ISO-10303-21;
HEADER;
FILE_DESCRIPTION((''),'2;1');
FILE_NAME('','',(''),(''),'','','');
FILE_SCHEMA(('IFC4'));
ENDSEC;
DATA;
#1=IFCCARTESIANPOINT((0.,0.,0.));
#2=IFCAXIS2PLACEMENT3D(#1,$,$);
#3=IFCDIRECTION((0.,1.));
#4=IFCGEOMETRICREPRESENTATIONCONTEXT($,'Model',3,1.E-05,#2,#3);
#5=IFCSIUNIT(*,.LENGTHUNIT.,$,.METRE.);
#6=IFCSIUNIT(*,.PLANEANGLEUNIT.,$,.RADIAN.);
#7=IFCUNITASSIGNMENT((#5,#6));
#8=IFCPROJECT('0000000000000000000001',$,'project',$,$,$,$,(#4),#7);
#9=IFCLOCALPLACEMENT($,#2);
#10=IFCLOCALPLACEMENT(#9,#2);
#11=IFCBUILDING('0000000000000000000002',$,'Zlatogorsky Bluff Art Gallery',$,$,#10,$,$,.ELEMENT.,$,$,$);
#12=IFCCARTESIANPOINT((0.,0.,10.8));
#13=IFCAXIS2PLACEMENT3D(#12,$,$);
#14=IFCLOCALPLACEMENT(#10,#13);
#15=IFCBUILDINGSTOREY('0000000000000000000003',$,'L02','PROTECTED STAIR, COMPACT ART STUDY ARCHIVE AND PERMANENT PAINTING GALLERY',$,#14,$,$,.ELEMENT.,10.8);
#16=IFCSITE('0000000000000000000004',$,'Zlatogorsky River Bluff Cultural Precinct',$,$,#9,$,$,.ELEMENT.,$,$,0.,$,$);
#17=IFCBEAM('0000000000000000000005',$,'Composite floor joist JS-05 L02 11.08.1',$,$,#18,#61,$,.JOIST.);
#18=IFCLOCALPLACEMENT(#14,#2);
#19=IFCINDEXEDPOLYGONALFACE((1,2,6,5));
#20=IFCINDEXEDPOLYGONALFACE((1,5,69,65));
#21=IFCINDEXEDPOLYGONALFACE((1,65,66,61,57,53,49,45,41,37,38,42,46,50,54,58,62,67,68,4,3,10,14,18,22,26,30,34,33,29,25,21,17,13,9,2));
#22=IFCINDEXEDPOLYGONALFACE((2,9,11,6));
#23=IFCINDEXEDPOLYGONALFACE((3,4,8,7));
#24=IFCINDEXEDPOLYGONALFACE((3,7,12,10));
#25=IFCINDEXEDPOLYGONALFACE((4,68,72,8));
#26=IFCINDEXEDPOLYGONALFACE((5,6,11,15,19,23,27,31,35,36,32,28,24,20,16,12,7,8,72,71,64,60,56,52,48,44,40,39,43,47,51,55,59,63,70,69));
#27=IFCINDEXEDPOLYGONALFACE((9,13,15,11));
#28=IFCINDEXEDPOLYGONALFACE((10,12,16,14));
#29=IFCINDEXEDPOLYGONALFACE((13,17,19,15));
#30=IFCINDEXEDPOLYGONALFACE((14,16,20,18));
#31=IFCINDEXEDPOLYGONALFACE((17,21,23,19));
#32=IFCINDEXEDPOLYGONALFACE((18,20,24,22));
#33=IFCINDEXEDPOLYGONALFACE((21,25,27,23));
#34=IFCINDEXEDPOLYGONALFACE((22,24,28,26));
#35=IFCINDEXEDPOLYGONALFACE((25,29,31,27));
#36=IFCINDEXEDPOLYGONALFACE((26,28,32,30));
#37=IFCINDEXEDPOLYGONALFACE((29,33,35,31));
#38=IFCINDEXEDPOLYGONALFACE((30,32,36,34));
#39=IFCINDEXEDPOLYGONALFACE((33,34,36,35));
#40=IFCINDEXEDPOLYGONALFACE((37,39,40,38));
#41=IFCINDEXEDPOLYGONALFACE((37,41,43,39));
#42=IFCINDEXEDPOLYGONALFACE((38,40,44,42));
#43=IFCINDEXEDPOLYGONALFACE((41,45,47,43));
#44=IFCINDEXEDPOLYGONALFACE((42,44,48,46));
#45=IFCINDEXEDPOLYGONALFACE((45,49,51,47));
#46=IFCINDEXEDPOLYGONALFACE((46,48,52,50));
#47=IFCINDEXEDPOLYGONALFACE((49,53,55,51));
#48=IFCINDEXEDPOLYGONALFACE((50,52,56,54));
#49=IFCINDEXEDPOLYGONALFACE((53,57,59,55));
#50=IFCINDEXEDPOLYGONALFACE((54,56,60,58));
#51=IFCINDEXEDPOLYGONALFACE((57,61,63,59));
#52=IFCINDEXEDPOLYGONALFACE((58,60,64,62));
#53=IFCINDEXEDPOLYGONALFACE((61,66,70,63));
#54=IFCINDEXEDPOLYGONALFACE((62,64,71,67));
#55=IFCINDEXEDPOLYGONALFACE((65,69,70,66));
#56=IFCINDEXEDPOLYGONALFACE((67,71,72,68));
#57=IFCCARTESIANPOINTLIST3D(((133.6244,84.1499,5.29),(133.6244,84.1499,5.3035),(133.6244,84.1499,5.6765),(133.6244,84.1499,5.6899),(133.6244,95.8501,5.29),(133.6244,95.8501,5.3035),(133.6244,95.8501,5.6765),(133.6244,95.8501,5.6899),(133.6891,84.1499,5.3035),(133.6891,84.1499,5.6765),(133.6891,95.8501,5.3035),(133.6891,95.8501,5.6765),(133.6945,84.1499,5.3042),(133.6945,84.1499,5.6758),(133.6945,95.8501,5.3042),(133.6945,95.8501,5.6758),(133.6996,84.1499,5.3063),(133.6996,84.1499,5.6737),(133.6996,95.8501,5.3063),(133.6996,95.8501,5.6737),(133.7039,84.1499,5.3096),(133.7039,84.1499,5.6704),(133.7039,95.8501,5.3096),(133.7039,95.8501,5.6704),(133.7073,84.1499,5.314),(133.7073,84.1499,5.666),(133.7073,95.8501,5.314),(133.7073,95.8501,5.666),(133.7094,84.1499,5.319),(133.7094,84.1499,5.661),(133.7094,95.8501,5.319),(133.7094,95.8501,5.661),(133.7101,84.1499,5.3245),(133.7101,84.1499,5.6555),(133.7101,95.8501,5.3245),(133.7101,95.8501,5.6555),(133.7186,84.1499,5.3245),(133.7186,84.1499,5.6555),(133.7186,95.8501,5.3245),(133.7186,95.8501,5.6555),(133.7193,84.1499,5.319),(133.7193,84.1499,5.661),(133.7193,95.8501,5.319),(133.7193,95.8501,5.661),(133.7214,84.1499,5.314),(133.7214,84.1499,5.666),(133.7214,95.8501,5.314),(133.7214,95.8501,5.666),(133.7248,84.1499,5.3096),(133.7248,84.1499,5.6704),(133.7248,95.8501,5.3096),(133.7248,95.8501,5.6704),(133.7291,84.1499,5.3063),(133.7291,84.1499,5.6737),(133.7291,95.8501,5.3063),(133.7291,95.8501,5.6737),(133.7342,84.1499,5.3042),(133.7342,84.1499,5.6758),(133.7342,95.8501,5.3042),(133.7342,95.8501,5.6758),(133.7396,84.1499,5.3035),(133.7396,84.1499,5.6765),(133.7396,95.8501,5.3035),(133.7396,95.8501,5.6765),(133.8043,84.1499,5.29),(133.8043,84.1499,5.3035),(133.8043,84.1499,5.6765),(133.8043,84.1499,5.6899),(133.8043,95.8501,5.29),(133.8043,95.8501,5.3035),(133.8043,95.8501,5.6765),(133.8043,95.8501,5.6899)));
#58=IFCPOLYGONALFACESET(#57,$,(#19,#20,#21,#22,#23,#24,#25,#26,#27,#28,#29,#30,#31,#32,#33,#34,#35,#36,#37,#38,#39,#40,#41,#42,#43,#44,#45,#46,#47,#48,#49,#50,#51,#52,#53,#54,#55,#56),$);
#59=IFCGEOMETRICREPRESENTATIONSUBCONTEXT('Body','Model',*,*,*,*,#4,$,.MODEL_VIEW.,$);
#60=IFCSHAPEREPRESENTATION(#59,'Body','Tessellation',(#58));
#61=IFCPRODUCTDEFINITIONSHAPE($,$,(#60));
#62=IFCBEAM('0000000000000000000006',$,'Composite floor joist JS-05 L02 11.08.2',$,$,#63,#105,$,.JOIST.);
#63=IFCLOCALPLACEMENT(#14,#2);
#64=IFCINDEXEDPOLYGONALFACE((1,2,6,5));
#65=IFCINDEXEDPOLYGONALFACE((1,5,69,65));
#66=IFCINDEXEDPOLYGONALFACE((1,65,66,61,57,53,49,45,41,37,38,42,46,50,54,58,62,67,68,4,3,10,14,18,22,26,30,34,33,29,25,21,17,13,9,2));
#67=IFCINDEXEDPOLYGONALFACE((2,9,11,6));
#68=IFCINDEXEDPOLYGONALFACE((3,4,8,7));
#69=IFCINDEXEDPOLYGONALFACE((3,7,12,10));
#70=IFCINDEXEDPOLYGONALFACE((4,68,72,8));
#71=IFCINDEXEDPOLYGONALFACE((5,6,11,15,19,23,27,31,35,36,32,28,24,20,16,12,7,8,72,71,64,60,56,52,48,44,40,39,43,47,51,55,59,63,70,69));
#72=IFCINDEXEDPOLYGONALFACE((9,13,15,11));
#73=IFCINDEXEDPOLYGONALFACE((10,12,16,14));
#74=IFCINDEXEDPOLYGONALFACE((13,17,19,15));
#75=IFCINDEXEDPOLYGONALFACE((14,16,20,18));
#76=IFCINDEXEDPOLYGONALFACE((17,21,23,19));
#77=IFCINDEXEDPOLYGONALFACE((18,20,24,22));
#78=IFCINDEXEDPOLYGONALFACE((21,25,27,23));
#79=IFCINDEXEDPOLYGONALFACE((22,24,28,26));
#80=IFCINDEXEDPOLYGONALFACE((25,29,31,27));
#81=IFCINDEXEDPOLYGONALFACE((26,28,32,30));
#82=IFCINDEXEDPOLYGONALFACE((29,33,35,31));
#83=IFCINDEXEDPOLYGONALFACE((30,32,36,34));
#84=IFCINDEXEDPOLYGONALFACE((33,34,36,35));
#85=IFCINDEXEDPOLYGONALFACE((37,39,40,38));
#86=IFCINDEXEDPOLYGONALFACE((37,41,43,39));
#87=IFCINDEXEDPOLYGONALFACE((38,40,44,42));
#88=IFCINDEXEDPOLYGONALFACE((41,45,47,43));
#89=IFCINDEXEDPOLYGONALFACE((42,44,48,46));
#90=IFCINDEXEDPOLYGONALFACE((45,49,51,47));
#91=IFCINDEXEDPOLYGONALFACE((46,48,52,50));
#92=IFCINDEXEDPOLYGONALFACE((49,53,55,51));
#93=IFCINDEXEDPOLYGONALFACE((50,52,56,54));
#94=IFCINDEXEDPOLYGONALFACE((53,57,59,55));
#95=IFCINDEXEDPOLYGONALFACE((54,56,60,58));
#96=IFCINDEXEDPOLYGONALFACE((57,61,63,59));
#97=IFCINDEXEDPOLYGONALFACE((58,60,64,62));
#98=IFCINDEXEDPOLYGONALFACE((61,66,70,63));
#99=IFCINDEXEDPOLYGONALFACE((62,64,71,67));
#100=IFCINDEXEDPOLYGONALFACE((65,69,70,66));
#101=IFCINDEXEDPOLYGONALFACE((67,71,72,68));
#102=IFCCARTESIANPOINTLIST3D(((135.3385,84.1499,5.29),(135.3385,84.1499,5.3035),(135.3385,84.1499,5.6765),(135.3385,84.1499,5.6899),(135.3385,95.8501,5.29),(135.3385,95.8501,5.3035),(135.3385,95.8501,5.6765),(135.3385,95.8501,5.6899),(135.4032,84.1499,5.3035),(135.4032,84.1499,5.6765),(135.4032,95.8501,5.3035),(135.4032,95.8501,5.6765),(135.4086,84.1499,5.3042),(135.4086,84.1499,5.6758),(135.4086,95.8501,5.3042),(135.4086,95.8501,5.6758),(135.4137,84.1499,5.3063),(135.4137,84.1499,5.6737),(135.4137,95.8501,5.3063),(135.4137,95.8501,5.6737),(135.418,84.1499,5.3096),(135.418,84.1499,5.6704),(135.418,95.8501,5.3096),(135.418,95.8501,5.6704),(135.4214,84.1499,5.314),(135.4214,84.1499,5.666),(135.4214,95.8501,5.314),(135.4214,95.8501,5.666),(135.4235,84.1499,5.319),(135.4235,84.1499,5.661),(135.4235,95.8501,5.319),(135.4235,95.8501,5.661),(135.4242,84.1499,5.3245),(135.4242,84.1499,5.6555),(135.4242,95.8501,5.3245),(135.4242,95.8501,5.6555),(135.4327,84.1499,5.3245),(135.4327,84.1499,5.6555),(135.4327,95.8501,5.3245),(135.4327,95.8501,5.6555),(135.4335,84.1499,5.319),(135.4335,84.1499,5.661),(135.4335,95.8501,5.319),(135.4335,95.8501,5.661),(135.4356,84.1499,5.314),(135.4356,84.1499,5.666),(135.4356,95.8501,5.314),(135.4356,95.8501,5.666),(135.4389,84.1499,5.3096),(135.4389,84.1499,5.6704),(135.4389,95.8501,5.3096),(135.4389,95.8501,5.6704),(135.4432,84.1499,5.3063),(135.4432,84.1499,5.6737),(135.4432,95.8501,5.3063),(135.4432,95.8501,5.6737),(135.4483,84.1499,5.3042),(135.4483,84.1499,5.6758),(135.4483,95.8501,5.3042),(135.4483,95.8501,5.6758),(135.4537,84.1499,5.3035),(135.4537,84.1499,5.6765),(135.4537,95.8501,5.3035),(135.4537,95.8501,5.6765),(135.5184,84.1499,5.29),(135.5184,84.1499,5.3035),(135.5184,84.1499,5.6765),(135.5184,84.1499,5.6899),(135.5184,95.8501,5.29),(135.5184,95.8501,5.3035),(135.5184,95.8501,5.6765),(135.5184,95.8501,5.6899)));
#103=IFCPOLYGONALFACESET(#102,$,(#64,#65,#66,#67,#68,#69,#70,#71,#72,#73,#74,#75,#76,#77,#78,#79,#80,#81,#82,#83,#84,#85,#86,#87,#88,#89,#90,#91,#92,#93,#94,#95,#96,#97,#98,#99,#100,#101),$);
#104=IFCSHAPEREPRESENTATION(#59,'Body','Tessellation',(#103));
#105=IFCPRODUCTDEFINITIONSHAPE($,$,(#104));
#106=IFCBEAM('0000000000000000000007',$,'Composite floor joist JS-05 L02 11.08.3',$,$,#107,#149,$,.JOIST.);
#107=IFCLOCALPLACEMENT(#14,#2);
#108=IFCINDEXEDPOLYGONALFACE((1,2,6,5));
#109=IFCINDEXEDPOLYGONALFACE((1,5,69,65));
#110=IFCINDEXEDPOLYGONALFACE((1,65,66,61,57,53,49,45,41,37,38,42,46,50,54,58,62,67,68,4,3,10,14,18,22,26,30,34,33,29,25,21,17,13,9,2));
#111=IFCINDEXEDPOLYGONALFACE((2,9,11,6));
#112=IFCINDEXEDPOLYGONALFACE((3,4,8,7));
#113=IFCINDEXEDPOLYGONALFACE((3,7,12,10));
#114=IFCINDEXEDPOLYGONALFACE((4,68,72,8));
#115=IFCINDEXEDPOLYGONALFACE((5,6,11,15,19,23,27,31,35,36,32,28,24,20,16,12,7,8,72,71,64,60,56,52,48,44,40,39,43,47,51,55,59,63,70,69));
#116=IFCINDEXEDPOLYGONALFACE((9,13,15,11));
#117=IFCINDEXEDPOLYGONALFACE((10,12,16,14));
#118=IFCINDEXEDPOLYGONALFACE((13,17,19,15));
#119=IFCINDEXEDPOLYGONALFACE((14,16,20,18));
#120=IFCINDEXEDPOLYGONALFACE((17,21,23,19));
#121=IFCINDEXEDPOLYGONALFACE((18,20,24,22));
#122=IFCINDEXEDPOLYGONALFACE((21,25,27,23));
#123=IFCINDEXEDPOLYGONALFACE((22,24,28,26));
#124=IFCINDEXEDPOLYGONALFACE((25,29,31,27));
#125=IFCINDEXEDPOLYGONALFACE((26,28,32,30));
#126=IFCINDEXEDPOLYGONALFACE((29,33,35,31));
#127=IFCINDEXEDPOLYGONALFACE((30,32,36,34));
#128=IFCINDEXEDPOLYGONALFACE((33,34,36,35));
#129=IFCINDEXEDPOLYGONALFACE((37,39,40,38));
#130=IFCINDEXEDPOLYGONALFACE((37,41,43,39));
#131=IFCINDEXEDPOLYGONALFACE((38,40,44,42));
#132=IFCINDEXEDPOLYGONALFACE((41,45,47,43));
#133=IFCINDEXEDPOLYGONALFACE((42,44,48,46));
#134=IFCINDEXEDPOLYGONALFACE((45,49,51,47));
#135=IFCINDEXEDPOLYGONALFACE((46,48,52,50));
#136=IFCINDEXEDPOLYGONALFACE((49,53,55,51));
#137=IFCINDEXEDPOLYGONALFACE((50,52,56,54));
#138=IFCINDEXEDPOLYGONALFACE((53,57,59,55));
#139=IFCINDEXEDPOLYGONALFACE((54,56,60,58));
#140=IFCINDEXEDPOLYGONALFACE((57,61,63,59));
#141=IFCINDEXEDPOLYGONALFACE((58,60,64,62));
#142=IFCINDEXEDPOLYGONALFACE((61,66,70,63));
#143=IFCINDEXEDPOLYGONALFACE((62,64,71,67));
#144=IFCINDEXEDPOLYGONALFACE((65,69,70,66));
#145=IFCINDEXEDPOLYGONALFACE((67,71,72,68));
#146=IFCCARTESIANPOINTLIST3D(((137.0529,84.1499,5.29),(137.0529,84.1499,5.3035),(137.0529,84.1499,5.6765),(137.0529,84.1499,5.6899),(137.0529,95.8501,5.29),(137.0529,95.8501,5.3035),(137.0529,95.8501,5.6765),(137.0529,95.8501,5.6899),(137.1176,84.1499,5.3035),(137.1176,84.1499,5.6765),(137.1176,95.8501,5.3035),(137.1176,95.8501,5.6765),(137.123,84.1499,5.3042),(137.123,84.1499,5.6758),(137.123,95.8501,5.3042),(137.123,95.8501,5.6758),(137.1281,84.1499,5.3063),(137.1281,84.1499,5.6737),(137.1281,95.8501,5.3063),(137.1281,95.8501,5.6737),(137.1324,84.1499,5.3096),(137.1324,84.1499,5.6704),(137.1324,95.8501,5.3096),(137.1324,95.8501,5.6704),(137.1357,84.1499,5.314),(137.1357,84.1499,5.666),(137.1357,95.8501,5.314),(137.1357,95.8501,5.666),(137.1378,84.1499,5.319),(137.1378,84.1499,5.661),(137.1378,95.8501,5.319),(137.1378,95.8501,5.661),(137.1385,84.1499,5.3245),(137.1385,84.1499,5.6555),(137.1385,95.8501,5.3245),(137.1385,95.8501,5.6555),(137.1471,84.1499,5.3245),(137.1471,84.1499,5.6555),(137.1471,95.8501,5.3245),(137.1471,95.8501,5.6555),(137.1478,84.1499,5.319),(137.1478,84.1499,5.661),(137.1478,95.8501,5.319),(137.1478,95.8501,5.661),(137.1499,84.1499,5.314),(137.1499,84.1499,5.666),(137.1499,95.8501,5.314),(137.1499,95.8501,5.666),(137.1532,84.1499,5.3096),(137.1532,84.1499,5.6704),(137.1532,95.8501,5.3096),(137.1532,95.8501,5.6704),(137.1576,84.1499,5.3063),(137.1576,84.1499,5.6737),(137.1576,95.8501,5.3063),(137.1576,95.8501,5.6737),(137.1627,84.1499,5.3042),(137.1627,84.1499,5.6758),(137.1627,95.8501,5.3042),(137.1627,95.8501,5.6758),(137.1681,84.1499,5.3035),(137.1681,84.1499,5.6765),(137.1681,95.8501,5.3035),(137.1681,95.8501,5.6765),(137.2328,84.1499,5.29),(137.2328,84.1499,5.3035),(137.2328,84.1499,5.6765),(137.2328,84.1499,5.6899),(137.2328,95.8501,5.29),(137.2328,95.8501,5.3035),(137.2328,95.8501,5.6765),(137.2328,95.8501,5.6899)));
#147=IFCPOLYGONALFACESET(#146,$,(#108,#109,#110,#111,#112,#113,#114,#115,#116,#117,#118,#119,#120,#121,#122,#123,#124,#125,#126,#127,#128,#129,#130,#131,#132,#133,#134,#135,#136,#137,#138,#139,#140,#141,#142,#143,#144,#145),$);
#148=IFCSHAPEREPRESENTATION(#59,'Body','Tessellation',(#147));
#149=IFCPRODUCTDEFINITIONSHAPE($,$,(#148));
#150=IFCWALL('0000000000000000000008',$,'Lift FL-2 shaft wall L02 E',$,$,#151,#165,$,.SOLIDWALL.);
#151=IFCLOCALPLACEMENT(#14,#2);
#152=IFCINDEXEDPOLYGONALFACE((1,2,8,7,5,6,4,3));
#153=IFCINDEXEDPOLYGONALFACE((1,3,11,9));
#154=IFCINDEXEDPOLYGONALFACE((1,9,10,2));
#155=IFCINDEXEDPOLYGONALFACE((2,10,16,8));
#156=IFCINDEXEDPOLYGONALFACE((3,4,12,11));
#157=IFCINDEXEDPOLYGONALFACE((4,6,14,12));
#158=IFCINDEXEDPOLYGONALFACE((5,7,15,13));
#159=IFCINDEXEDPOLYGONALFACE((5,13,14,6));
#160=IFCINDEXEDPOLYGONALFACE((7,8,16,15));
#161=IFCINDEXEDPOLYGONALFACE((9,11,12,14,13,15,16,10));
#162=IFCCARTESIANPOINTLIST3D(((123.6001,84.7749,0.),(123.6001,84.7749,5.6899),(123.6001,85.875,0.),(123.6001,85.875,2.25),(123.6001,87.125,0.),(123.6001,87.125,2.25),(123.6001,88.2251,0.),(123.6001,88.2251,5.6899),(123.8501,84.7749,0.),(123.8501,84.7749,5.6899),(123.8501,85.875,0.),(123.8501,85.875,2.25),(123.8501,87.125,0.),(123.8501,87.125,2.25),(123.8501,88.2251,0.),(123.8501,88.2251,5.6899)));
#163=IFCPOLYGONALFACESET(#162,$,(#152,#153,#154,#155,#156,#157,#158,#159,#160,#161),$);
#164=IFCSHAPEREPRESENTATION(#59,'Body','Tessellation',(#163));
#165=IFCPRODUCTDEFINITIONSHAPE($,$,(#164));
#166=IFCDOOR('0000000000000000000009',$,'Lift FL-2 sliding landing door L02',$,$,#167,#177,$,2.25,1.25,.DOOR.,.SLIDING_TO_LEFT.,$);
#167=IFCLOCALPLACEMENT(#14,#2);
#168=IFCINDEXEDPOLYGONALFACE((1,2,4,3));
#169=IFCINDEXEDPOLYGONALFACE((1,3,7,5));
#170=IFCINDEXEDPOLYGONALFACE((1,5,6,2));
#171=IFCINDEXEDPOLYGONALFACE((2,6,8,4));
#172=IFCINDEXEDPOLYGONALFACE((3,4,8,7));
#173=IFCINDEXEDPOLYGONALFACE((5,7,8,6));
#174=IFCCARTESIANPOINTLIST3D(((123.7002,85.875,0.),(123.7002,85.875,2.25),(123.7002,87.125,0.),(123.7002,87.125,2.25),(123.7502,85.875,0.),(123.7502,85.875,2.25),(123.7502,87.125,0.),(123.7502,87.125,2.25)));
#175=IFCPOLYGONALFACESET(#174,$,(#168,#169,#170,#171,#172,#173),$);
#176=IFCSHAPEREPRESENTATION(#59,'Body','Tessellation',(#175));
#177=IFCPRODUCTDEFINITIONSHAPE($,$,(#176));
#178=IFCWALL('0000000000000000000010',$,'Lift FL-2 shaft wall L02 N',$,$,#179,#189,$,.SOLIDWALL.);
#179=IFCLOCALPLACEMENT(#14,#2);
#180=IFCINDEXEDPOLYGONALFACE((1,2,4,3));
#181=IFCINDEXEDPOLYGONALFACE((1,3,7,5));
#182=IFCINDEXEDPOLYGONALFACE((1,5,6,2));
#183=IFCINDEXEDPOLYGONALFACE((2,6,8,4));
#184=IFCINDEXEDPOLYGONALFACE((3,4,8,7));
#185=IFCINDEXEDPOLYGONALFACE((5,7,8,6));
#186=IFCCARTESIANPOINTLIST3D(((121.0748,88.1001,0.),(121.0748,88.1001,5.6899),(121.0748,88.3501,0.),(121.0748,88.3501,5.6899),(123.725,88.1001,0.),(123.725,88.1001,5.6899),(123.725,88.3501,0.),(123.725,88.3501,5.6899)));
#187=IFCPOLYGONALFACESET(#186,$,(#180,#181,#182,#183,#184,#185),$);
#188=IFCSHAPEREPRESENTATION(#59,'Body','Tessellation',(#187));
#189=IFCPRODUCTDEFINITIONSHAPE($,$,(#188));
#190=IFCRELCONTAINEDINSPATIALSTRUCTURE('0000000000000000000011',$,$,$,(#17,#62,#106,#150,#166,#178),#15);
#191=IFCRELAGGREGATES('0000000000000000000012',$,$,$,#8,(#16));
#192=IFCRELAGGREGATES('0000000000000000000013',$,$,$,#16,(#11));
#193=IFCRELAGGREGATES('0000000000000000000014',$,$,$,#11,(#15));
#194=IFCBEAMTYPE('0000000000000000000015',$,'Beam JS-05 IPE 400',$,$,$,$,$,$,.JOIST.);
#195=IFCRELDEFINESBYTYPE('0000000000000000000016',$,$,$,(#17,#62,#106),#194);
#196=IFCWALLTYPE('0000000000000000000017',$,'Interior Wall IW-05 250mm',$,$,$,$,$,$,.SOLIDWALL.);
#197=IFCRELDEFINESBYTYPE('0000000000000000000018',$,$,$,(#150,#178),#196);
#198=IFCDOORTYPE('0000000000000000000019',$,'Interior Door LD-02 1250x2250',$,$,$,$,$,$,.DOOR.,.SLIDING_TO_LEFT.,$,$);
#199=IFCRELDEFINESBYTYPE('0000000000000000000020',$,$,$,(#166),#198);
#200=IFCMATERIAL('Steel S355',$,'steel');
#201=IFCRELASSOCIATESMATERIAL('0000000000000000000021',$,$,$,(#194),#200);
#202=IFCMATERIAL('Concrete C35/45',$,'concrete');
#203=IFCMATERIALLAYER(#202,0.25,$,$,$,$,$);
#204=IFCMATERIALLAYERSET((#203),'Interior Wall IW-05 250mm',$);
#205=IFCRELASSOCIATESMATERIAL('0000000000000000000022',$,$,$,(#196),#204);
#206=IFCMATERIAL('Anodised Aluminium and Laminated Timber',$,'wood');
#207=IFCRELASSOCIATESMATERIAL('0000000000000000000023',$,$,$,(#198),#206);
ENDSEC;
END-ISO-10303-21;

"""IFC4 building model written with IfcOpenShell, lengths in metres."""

from ifc_helpers import new_model, si_unit, direction, frame, frame_2d, origin, origin_2d, place, context, subcontext, project, spatial, rectangle, i_section, extrude, material, layer, layer_set, material_profile, profile_set, type_object, element, fill, save


model = new_model("IFC4")

# Units and contexts
model_context = context("Model", 3, precision=1e-05, world=origin(), true_north=direction((0.0, 1.0)))
body_context = subcontext(model_context, "Body", "Model", "MODEL_VIEW")
ifc_project = project(units=[si_unit("LENGTHUNIT", "METRE"), si_unit("PLANEANGLEUNIT", "RADIAN")], contexts=[model_context])

# Site, building, storey
site_placement = place(None, origin())
site = spatial("IfcSite", under=ifc_project, at=site_placement, Name="Zlatogorsky River Bluff Cultural Precinct", CompositionType="ELEMENT", RefElevation=0.0)
building_placement = place(site_placement, origin())
building = spatial("IfcBuilding", under=site, at=building_placement, Name="Zlatogorsky Bluff Art Gallery", CompositionType="ELEMENT")
storey_placement = place(building_placement, frame((0.0, 0.0, 10.8)))
storey = spatial("IfcBuildingStorey", under=building, at=storey_placement, Name="L02", Description="PROTECTED STAIR, COMPACT ART STUDY ARCHIVE AND PERMANENT PAINTING GALLERY", CompositionType="ELEMENT", Elevation=10.8)

# Shared definitions
ifc_material_1 = material(Name="Steel S355", Category="steel")

# Beams
ifc_material_profile_1 = material_profile(ifc_material_1, i_section(OverallWidth=0.1799, OverallDepth=0.3999, WebThickness=0.0085, FlangeThickness=0.0134, FilletRadius=0.021, at=origin_2d()), Name="IPE 400")
ifc_profile_set_1 = profile_set([ifc_material_profile_1], Name="Steel S355")
beam_type_1 = type_object("IfcBeamType", Name="Beam JS-05 IPE 400", PredefinedType="JOIST", material=ifc_profile_set_1)
for number, where, z_axis, x_axis, name in (
    (1, (133.7144, 84.1499, 5.49), (0.0, 1.0, 0.0), (-1.0, 0.0, 0.0), "Composite floor joist JS-05 L02 11.08.1"),
    (2, (135.4285, 84.1499, 5.49), (0.0, 1.0, 0.0), (-1.0, 0.0, 0.0), "Composite floor joist JS-05 L02 11.08.2"),
    (3, (137.1428, 84.1499, 5.49), (0.0, 1.0, 0.0), (-1.0, 0.0, 0.0), "Composite floor joist JS-05 L02 11.08.3"),
):
    element("IfcBeam", number, at=place(storey_placement, frame(where, z_axis=z_axis, x_axis=x_axis)), inside=storey, type_object=beam_type_1, Name=name, PredefinedType="JOIST", context=body_context, shape_type="SweptSolid", body=[
        extrude(i_section(OverallWidth=0.1799, OverallDepth=0.3999, WebThickness=0.0085, FlangeThickness=0.0134, FilletRadius=0.021, at=origin_2d()), origin(), (0.0, 0.0, 1.0), 11.7002),
    ])

# Wall, opening, door
ifc_material_2 = material(Name="Anodised Aluminium and Laminated Timber", Category="wood")
ifc_material_3 = material(Name="Concrete C35/45", Category="concrete")
ifc_layer_1 = layer(ifc_material_3, 0.25)
ifc_layer_set_1 = layer_set([ifc_layer_1], Name="Interior Wall IW-05 250mm")
wall_type_1 = type_object("IfcWallType", Name="Interior Wall IW-05 250mm", PredefinedType="SOLIDWALL", material=ifc_layer_set_1)
wall_1_placement = place(storey_placement, frame((123.7251, 84.7749, 0.0), z_axis=(0.0, 0.0, 1.0), x_axis=(0.0, 1.0, 0.0)))
wall_1 = element("IfcWall", 4, at=wall_1_placement, inside=storey, type_object=wall_type_1, Name="Lift FL-2 shaft wall L02 E", PredefinedType="SOLIDWALL", context=body_context, shape_type="SweptSolid", body=[
    extrude(rectangle(XDim=3.4502, YDim=0.25, at=frame_2d((1.7251, 0.0))), origin(), (0.0, 0.0, 1.0), 5.6899),
])
opening_1_placement = place(wall_1_placement, frame((1.1001, 0.0, 0.0)))
opening_1 = element("IfcOpeningElement", 5, at=opening_1_placement, cuts=wall_1, PredefinedType="OPENING", context=body_context, shape_type="SweptSolid", body=[
    extrude(rectangle(XDim=1.25, YDim=2.25, at=frame_2d((0.625, 1.125))), frame((0.0, 0.135, 0.0), z_axis=(0.0, -1.0, 0.0), x_axis=(1.0, 0.0, 0.0)), (0.0, 0.0, 1.0), 0.27),
])
door_type_1 = type_object("IfcDoorType", Name="Interior Door LD-02 1250x2250", OperationType="SLIDING_TO_LEFT", PredefinedType="DOOR", material=ifc_material_2)
door_1_placement = place(opening_1_placement, origin())
door_1 = element("IfcDoor", 6, at=door_1_placement, inside=storey, type_object=door_type_1, Name="Lift FL-2 sliding landing door L02", OperationType="SLIDING_TO_LEFT", OverallHeight=2.25, OverallWidth=1.25, PredefinedType="DOOR", context=body_context, shape_type="SweptSolid", body=[
    extrude(rectangle(XDim=1.25, YDim=2.25, at=frame_2d((0.625, 1.125))), frame((0.0, 0.0249, 0.0), z_axis=(0.0, -1.0, 0.0), x_axis=(1.0, 0.0, 0.0)), (0.0, 0.0, 1.0), 0.05),
])
fill(opening_1, door_1)

# Wall
wall_2_placement = place(storey_placement, frame((123.7251, 88.2251, 0.0), z_axis=(0.0, 0.0, 1.0), x_axis=(-1.0, 0.0, 0.0)))
element("IfcWall", 7, at=wall_2_placement, inside=storey, type_object=wall_type_1, Name="Lift FL-2 shaft wall L02 N", PredefinedType="SOLIDWALL", context=body_context, shape_type="SweptSolid", body=[
    extrude(rectangle(XDim=2.6501, YDim=0.25, at=frame_2d((1.3252, 0.0))), origin(), (0.0, 0.0, 1.0), 5.6899),
])

save(model, "model.ifc")
